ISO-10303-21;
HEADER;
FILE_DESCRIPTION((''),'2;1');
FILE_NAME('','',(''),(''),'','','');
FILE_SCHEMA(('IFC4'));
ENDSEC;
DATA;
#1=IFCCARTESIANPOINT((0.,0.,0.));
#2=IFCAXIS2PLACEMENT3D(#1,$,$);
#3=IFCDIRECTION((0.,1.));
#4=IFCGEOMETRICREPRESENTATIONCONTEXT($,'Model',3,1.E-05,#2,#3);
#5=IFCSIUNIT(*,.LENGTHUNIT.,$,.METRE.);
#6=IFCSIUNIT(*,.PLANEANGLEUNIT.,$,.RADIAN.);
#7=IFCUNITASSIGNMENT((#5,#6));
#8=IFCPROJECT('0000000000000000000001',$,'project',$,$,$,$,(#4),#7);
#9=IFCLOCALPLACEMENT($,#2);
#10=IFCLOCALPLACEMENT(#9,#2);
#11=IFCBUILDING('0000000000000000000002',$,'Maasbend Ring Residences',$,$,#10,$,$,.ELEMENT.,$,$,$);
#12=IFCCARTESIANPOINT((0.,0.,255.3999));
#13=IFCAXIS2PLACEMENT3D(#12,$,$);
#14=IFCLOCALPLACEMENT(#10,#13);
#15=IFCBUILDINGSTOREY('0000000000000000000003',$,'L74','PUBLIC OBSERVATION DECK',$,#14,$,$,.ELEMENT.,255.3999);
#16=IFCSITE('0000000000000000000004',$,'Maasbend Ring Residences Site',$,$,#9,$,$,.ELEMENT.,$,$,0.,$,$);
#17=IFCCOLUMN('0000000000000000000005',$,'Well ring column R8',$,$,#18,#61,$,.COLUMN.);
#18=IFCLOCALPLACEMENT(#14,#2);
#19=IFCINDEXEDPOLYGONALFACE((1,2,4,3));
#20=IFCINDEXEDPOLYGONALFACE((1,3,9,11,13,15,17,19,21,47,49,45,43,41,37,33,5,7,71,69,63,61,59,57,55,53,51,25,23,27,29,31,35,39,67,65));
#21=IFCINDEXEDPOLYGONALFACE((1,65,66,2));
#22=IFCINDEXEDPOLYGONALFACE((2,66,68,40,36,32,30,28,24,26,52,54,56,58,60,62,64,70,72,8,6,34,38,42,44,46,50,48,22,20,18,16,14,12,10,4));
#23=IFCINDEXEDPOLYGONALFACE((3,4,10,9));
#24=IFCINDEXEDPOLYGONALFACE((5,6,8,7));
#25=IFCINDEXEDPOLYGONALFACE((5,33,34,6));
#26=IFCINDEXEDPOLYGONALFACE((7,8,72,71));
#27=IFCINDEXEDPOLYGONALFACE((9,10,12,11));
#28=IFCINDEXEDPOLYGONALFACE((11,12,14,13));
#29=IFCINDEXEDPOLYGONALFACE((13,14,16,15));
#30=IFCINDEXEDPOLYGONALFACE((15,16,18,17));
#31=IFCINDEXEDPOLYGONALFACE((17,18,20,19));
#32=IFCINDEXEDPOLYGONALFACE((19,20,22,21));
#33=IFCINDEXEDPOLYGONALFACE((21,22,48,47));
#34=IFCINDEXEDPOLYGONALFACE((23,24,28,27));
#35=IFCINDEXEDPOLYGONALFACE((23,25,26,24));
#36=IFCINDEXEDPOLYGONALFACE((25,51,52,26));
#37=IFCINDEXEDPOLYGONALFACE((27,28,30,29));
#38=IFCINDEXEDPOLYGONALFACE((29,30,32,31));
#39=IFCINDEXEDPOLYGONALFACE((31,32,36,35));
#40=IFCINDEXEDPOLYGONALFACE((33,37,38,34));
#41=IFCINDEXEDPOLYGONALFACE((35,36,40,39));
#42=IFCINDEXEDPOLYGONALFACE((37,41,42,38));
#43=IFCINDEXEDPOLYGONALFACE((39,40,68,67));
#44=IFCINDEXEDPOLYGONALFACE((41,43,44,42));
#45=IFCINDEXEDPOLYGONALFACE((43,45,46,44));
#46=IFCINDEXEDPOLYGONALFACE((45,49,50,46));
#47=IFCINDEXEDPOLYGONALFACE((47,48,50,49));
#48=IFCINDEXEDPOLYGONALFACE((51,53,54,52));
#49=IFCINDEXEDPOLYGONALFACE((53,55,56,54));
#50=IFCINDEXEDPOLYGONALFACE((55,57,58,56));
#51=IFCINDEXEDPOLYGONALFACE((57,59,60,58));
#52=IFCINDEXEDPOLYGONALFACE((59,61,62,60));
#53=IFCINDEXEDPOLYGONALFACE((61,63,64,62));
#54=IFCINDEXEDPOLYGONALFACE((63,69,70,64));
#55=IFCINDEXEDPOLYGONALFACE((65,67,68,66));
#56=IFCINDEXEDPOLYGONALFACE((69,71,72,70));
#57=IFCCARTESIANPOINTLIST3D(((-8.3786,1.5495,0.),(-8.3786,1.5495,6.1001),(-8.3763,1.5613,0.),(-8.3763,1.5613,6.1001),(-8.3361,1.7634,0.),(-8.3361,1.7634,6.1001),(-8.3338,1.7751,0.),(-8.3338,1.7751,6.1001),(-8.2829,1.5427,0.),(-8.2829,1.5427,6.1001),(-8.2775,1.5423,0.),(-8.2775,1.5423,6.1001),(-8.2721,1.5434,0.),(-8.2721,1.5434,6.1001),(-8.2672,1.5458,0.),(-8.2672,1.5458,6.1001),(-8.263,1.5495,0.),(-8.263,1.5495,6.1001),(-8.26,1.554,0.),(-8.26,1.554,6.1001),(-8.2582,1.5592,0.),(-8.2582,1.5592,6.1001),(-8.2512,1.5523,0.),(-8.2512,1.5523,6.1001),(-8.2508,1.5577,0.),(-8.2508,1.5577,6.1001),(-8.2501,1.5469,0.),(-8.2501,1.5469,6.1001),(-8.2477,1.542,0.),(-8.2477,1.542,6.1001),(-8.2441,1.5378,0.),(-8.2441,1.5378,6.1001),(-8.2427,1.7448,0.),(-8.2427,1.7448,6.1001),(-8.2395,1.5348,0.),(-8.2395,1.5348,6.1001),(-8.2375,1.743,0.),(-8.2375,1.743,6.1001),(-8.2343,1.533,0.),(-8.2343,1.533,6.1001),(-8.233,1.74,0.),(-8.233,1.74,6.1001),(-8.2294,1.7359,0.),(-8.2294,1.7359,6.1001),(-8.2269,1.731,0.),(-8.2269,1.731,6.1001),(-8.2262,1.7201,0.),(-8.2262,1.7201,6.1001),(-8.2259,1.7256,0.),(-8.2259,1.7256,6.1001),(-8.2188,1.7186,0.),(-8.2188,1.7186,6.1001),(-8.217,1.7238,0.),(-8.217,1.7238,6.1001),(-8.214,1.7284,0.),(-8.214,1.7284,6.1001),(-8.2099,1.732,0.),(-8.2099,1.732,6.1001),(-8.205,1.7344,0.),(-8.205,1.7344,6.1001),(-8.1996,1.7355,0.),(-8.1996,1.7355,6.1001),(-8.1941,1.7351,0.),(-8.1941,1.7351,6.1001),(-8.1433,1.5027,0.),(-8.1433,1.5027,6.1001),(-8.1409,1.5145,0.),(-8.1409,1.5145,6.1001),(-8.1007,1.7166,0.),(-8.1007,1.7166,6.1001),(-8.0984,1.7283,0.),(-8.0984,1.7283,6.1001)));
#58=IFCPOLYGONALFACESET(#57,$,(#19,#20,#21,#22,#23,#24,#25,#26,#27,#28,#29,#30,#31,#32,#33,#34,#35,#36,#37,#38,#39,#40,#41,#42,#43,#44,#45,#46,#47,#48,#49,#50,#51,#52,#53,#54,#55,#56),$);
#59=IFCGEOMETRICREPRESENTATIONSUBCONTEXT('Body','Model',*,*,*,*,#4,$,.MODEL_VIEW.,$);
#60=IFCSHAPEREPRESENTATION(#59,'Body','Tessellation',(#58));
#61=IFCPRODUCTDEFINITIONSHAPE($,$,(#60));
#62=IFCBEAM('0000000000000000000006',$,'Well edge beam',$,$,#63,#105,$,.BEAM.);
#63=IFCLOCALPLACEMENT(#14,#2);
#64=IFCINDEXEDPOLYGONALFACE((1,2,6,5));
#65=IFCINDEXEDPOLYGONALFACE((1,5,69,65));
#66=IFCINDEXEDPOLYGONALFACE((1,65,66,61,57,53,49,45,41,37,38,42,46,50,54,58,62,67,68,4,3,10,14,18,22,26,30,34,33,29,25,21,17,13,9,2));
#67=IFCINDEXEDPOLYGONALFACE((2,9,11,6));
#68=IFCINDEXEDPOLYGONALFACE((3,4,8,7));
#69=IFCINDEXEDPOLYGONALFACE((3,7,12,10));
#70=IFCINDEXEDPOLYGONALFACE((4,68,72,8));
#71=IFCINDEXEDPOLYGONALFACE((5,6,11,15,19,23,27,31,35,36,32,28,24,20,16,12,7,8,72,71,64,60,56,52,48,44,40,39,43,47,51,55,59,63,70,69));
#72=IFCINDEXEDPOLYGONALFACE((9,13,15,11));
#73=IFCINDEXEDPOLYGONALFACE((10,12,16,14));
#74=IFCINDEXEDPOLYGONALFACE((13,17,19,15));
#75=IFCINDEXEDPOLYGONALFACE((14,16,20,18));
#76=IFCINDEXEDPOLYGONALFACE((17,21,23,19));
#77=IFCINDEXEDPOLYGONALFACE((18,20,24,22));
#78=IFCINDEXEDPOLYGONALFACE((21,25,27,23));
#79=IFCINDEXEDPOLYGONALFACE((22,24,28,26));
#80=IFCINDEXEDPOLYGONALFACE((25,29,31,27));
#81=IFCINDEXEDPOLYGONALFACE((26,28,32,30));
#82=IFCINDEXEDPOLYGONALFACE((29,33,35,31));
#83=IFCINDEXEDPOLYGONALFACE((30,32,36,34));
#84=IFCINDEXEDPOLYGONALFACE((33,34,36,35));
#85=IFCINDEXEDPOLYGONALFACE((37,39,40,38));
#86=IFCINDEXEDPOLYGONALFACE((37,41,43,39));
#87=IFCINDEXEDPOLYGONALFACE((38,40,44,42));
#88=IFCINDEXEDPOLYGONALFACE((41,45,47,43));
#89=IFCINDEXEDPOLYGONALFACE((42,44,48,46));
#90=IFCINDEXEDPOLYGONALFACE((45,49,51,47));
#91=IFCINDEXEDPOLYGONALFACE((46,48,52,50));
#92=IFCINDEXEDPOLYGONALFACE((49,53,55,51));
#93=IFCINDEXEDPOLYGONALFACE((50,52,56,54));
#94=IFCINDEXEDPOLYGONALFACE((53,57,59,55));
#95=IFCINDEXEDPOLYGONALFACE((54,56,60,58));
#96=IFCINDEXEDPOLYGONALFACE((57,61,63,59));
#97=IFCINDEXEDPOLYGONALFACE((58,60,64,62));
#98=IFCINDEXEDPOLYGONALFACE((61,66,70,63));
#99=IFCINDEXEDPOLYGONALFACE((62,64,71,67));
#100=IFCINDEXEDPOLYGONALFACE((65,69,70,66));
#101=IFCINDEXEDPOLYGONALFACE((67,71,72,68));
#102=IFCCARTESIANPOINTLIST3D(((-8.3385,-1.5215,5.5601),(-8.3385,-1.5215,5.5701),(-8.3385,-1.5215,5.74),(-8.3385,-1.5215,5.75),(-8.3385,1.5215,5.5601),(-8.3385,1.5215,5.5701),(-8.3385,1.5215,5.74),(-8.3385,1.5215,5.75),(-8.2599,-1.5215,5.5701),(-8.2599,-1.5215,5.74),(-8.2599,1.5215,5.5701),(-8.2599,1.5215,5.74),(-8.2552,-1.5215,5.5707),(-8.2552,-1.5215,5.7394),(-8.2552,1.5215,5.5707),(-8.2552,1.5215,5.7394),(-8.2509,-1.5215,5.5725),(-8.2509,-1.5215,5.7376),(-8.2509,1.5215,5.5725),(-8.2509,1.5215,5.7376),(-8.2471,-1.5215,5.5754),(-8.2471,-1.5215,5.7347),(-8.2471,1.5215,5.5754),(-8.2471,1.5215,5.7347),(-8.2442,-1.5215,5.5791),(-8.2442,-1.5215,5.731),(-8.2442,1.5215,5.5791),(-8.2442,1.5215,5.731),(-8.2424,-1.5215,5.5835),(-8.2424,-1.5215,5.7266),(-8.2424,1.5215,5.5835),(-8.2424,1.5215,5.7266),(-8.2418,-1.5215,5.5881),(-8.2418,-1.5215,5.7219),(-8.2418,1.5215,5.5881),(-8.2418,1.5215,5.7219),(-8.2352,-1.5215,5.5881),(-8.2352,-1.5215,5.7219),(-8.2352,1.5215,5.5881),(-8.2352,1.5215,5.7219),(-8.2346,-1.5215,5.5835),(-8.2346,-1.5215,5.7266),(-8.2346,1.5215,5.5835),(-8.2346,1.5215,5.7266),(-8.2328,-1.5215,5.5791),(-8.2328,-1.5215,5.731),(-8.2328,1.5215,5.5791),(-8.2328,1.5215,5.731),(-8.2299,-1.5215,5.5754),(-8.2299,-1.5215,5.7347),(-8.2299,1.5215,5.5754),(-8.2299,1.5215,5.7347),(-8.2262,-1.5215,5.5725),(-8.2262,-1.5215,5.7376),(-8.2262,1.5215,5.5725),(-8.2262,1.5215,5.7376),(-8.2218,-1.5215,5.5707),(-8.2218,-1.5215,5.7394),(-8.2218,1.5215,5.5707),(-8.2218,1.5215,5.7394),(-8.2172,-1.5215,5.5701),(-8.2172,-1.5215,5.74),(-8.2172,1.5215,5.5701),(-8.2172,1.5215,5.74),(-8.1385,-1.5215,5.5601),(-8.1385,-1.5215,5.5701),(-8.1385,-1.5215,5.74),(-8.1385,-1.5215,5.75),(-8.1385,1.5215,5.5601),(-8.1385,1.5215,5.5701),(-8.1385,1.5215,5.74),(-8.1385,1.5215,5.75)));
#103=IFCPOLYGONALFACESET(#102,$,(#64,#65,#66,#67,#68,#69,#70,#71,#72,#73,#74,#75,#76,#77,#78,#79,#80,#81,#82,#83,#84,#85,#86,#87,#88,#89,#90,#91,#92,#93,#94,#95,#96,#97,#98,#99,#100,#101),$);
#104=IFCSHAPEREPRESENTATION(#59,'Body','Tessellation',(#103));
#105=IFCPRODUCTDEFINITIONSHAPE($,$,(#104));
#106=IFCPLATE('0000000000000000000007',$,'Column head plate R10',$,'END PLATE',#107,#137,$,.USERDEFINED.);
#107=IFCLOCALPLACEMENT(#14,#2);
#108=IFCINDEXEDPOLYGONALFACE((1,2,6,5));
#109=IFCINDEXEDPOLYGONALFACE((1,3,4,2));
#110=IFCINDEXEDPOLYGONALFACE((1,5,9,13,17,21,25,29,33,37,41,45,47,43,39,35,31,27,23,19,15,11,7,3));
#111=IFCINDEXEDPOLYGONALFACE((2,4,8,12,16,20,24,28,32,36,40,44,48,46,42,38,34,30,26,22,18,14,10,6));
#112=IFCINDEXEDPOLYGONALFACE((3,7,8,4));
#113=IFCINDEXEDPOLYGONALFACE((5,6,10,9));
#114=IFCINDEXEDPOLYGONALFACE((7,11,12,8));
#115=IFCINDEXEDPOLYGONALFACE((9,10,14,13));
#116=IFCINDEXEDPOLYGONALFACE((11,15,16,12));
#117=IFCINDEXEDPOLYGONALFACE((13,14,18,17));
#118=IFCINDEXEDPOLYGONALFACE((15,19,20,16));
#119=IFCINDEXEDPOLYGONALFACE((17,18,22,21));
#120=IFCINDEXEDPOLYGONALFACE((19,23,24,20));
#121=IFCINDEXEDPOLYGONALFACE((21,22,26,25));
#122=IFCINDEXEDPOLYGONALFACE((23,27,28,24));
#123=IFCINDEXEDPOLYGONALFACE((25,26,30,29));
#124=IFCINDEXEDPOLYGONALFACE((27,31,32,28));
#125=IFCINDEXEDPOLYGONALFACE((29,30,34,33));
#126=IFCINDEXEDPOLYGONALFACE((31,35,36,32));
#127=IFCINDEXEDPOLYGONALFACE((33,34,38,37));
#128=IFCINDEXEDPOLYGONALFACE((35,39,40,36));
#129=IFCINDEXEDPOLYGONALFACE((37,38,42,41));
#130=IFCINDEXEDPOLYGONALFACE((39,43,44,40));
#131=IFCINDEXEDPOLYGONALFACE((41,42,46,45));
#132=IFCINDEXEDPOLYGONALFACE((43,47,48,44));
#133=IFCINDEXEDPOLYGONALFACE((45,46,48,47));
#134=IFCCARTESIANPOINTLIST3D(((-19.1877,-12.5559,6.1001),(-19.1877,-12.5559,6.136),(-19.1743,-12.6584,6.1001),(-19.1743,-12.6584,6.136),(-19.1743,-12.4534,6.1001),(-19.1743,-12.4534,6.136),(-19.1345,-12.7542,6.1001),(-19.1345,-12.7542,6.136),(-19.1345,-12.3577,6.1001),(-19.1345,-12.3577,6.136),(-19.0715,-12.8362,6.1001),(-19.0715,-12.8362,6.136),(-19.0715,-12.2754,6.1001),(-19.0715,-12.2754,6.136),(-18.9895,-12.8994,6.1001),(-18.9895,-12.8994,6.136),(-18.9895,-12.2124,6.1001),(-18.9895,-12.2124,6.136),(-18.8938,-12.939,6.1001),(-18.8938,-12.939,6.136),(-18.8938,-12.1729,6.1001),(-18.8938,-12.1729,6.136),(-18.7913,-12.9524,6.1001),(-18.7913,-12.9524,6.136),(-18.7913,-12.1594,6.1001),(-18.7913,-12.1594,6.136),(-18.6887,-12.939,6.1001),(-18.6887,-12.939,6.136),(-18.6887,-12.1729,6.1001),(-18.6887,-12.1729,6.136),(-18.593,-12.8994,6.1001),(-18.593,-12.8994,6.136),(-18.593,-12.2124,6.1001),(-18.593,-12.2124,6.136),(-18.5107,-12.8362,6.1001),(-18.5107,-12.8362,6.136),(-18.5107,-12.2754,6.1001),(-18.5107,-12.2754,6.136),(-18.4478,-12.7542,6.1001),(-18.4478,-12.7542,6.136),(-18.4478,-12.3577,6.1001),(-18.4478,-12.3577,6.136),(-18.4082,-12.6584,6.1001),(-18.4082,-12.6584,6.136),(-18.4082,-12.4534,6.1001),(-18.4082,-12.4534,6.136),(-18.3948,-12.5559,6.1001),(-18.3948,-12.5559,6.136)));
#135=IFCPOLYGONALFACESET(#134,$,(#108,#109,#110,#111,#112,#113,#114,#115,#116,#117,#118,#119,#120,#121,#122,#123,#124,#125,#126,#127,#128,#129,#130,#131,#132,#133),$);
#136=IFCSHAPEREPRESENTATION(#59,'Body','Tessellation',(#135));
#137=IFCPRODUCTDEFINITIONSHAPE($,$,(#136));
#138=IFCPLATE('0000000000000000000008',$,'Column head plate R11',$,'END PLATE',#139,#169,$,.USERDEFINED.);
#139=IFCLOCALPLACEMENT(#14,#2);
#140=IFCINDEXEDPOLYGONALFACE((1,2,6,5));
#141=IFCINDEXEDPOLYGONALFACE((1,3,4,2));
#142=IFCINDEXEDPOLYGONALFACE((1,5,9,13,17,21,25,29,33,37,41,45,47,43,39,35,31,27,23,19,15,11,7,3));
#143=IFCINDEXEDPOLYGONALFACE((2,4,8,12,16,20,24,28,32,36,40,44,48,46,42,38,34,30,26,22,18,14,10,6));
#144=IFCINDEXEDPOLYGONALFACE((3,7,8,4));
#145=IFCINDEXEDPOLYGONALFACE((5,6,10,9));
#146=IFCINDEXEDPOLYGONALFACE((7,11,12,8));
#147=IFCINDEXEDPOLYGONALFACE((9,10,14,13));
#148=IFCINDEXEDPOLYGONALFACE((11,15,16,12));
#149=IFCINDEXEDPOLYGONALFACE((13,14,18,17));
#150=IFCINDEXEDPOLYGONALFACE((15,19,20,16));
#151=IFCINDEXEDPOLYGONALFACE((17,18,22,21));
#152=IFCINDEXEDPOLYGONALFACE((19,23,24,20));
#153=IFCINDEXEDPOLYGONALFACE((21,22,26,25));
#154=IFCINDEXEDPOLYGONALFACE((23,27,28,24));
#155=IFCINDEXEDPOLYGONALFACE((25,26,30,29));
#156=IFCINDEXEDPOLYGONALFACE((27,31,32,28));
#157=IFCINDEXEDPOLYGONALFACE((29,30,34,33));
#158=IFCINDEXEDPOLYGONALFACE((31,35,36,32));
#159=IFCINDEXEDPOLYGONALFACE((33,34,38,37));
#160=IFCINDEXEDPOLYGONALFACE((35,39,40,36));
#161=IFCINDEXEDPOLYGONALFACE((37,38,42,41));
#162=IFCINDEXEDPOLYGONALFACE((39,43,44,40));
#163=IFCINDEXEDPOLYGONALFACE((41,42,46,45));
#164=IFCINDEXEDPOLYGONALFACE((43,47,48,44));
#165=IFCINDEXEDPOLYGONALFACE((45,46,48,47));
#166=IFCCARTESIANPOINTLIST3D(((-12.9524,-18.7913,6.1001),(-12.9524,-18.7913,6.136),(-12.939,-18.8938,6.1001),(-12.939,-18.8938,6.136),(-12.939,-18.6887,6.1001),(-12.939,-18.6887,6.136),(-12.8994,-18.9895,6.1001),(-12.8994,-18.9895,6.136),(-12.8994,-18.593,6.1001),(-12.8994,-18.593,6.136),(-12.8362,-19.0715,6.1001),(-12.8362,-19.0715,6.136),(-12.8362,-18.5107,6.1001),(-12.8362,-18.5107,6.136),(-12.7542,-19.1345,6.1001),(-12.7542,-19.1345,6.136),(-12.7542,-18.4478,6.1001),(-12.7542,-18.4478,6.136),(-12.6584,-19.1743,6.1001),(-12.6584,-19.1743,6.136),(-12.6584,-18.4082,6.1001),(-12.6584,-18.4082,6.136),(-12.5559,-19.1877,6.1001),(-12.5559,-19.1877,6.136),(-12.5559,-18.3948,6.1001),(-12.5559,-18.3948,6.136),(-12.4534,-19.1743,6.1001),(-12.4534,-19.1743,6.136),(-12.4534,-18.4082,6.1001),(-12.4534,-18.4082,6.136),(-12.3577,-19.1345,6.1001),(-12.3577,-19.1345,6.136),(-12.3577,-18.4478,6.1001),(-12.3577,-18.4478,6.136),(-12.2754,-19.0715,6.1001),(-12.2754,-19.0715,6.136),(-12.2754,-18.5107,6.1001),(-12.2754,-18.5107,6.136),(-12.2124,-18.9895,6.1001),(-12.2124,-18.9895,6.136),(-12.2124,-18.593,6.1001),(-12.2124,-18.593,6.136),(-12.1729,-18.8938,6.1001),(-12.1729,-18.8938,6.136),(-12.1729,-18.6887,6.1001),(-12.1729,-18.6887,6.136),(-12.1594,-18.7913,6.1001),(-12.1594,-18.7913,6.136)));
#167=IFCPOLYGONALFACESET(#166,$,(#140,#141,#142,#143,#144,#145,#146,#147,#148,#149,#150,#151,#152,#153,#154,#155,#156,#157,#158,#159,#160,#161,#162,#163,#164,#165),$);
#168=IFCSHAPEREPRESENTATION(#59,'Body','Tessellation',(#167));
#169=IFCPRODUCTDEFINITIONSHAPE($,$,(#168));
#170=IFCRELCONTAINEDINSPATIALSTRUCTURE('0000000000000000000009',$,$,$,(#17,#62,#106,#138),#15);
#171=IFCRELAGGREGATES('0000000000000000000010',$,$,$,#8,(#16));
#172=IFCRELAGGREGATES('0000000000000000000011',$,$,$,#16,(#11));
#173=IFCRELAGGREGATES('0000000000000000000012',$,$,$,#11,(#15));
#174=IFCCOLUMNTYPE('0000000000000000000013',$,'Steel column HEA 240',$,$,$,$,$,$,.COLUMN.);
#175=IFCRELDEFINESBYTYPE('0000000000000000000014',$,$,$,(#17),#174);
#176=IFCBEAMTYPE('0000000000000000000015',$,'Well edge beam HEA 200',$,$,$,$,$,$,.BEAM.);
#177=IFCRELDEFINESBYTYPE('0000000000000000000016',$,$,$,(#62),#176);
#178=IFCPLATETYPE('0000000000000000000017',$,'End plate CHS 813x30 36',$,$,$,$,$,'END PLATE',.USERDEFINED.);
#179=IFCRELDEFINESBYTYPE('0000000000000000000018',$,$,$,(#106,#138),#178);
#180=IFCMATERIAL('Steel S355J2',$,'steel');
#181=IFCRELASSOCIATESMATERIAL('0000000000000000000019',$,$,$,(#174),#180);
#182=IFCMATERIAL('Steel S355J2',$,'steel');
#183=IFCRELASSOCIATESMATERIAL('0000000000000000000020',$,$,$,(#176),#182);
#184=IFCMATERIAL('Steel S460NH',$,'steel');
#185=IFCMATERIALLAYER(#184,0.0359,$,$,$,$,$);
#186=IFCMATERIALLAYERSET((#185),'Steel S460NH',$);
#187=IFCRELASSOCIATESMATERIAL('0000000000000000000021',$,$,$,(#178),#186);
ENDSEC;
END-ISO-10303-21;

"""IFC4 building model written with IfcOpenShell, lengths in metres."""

from ifc_helpers import new_model, si_unit, direction, frame, origin, origin_2d, place, context, subcontext, project, spatial, polyline, i_section, outline, extrude, material, layer, layer_set, material_profile, profile_set, type_object, element, save


model = new_model("IFC4")

# Units and contexts
model_context = context("Model", 3, precision=1e-05, world=origin(), true_north=direction((0.0, 1.0)))
body_context = subcontext(model_context, "Body", "Model", "MODEL_VIEW")
ifc_project = project(units=[si_unit("LENGTHUNIT", "METRE"), si_unit("PLANEANGLEUNIT", "RADIAN")], contexts=[model_context])

# Site, building, storey
site_placement = place(None, origin())
site = spatial("IfcSite", under=ifc_project, at=site_placement, Name="Maasbend Ring Residences Site", CompositionType="ELEMENT", RefElevation=0.0)
building_placement = place(site_placement, origin())
building = spatial("IfcBuilding", under=site, at=building_placement, Name="Maasbend Ring Residences", CompositionType="ELEMENT")
storey_placement = place(building_placement, frame((0.0, 0.0, 255.3999)))
storey = spatial("IfcBuildingStorey", under=building, at=storey_placement, Name="L74", Description="PUBLIC OBSERVATION DECK", CompositionType="ELEMENT", Elevation=255.3999)

# Column
ifc_material_1 = material(Name="Steel S355J2", Category="steel")
ifc_material_profile_1 = material_profile(ifc_material_1, i_section(OverallWidth=0.24, OverallDepth=0.23, WebThickness=0.0076, FlangeThickness=0.012, FilletRadius=0.021, at=origin_2d()), Name="HEA 240")
ifc_profile_set_1 = profile_set([ifc_material_profile_1], Name="Steel S355J2")
column_type = type_object("IfcColumnType", Name="Steel column HEA 240", PredefinedType="COLUMN", material=ifc_profile_set_1)
column_placement = place(storey_placement, frame((-8.2385, 1.6389, 0.0), z_axis=(0.0, 0.0, 1.0), x_axis=(-0.980785, 0.19509, 0.0)))
element("IfcColumn", 1, at=column_placement, inside=storey, type_object=column_type, Name="Well ring column R8", PredefinedType="COLUMN", context=body_context, shape_type="SweptSolid", body=[
    extrude(i_section(OverallWidth=0.24, OverallDepth=0.23, WebThickness=0.0076, FlangeThickness=0.012, FilletRadius=0.021, at=origin_2d()), origin(), (0.0, 0.0, 1.0), 6.1001),
])

# Beam
ifc_material_2 = material(Name="Steel S355J2", Category="steel")
ifc_material_profile_2 = material_profile(ifc_material_2, i_section(OverallWidth=0.2, OverallDepth=0.1899, WebThickness=0.0066, FlangeThickness=0.01, FilletRadius=0.0181, at=origin_2d()), Name="HEA 200")
ifc_profile_set_2 = profile_set([ifc_material_profile_2], Name="Steel S355J2")
beam_type = type_object("IfcBeamType", Name="Well edge beam HEA 200", PredefinedType="BEAM", material=ifc_profile_set_2)
beam_placement = place(storey_placement, frame((-8.2385, 1.5215, 5.655), z_axis=(0.0, -1.0, 0.0), x_axis=(1.0, 0.0, 0.0)))
element("IfcBeam", 2, at=beam_placement, inside=storey, type_object=beam_type, Name="Well edge beam", PredefinedType="BEAM", context=body_context, shape_type="SweptSolid", body=[
    extrude(i_section(OverallWidth=0.2, OverallDepth=0.1899, WebThickness=0.0066, FlangeThickness=0.01, FilletRadius=0.0181, at=origin_2d()), origin(), (0.0, 0.0, 1.0), 3.043),
])

# Plates
ifc_material_3 = material(Name="Steel S460NH", Category="steel")
ifc_layer_1 = layer(ifc_material_3, 0.0359)
ifc_layer_set_1 = layer_set([ifc_layer_1], Name="Steel S460NH")
plate_type = type_object("IfcPlateType", Name="End plate CHS 813x30 36", ElementType="END PLATE", PredefinedType="USERDEFINED", material=ifc_layer_set_1)
plate_1_placement = place(storey_placement, frame((0.0, 0.0, 6.1001)))
element("IfcPlate", 3, at=plate_1_placement, inside=storey, type_object=plate_type, Name="Column head plate R10", ObjectType="END PLATE", PredefinedType="USERDEFINED", context=body_context, shape_type="SweptSolid", body=[
    extrude(outline(polyline([(-18.3948, -12.5559), (-18.4082, -12.4534), (-18.4478, -12.3577), (-18.5107, -12.2754), (-18.593, -12.2124), (-18.6887, -12.1729), (-18.7913, -12.1594), (-18.8938, -12.1729), (-18.9895, -12.2124), (-19.0715, -12.2754), (-19.1345, -12.3577), (-19.1743, -12.4534), (-19.1877, -12.5559), (-19.1743, -12.6584), (-19.1345, -12.7542), (-19.0715, -12.8362), (-18.9895, -12.8994), (-18.8938, -12.939), (-18.7913, -12.9524), (-18.6887, -12.939), (-18.593, -12.8994), (-18.5107, -12.8362), (-18.4478, -12.7542), (-18.4082, -12.6584), (-18.3948, -12.5559)])), origin(), (0.0, 0.0, 1.0), 0.0359),
])
plate_2_placement = place(storey_placement, frame((0.0, 0.0, 6.1001)))
element("IfcPlate", 4, at=plate_2_placement, inside=storey, type_object=plate_type, Name="Column head plate R11", ObjectType="END PLATE", PredefinedType="USERDEFINED", context=body_context, shape_type="SweptSolid", body=[
    extrude(outline(polyline([(-12.1594, -18.7913), (-12.1729, -18.6887), (-12.2124, -18.593), (-12.2754, -18.5107), (-12.3577, -18.4478), (-12.4534, -18.4082), (-12.5559, -18.3948), (-12.6584, -18.4082), (-12.7542, -18.4478), (-12.8362, -18.5107), (-12.8994, -18.593), (-12.939, -18.6887), (-12.9524, -18.7913), (-12.939, -18.8938), (-12.8994, -18.9895), (-12.8362, -19.0715), (-12.7542, -19.1345), (-12.6584, -19.1743), (-12.5559, -19.1877), (-12.4534, -19.1743), (-12.3577, -19.1345), (-12.2754, -19.0715), (-12.2124, -18.9895), (-12.1729, -18.8938), (-12.1594, -18.7913)])), origin(), (0.0, 0.0, 1.0), 0.0359),
])

save(model, "model.ifc")
